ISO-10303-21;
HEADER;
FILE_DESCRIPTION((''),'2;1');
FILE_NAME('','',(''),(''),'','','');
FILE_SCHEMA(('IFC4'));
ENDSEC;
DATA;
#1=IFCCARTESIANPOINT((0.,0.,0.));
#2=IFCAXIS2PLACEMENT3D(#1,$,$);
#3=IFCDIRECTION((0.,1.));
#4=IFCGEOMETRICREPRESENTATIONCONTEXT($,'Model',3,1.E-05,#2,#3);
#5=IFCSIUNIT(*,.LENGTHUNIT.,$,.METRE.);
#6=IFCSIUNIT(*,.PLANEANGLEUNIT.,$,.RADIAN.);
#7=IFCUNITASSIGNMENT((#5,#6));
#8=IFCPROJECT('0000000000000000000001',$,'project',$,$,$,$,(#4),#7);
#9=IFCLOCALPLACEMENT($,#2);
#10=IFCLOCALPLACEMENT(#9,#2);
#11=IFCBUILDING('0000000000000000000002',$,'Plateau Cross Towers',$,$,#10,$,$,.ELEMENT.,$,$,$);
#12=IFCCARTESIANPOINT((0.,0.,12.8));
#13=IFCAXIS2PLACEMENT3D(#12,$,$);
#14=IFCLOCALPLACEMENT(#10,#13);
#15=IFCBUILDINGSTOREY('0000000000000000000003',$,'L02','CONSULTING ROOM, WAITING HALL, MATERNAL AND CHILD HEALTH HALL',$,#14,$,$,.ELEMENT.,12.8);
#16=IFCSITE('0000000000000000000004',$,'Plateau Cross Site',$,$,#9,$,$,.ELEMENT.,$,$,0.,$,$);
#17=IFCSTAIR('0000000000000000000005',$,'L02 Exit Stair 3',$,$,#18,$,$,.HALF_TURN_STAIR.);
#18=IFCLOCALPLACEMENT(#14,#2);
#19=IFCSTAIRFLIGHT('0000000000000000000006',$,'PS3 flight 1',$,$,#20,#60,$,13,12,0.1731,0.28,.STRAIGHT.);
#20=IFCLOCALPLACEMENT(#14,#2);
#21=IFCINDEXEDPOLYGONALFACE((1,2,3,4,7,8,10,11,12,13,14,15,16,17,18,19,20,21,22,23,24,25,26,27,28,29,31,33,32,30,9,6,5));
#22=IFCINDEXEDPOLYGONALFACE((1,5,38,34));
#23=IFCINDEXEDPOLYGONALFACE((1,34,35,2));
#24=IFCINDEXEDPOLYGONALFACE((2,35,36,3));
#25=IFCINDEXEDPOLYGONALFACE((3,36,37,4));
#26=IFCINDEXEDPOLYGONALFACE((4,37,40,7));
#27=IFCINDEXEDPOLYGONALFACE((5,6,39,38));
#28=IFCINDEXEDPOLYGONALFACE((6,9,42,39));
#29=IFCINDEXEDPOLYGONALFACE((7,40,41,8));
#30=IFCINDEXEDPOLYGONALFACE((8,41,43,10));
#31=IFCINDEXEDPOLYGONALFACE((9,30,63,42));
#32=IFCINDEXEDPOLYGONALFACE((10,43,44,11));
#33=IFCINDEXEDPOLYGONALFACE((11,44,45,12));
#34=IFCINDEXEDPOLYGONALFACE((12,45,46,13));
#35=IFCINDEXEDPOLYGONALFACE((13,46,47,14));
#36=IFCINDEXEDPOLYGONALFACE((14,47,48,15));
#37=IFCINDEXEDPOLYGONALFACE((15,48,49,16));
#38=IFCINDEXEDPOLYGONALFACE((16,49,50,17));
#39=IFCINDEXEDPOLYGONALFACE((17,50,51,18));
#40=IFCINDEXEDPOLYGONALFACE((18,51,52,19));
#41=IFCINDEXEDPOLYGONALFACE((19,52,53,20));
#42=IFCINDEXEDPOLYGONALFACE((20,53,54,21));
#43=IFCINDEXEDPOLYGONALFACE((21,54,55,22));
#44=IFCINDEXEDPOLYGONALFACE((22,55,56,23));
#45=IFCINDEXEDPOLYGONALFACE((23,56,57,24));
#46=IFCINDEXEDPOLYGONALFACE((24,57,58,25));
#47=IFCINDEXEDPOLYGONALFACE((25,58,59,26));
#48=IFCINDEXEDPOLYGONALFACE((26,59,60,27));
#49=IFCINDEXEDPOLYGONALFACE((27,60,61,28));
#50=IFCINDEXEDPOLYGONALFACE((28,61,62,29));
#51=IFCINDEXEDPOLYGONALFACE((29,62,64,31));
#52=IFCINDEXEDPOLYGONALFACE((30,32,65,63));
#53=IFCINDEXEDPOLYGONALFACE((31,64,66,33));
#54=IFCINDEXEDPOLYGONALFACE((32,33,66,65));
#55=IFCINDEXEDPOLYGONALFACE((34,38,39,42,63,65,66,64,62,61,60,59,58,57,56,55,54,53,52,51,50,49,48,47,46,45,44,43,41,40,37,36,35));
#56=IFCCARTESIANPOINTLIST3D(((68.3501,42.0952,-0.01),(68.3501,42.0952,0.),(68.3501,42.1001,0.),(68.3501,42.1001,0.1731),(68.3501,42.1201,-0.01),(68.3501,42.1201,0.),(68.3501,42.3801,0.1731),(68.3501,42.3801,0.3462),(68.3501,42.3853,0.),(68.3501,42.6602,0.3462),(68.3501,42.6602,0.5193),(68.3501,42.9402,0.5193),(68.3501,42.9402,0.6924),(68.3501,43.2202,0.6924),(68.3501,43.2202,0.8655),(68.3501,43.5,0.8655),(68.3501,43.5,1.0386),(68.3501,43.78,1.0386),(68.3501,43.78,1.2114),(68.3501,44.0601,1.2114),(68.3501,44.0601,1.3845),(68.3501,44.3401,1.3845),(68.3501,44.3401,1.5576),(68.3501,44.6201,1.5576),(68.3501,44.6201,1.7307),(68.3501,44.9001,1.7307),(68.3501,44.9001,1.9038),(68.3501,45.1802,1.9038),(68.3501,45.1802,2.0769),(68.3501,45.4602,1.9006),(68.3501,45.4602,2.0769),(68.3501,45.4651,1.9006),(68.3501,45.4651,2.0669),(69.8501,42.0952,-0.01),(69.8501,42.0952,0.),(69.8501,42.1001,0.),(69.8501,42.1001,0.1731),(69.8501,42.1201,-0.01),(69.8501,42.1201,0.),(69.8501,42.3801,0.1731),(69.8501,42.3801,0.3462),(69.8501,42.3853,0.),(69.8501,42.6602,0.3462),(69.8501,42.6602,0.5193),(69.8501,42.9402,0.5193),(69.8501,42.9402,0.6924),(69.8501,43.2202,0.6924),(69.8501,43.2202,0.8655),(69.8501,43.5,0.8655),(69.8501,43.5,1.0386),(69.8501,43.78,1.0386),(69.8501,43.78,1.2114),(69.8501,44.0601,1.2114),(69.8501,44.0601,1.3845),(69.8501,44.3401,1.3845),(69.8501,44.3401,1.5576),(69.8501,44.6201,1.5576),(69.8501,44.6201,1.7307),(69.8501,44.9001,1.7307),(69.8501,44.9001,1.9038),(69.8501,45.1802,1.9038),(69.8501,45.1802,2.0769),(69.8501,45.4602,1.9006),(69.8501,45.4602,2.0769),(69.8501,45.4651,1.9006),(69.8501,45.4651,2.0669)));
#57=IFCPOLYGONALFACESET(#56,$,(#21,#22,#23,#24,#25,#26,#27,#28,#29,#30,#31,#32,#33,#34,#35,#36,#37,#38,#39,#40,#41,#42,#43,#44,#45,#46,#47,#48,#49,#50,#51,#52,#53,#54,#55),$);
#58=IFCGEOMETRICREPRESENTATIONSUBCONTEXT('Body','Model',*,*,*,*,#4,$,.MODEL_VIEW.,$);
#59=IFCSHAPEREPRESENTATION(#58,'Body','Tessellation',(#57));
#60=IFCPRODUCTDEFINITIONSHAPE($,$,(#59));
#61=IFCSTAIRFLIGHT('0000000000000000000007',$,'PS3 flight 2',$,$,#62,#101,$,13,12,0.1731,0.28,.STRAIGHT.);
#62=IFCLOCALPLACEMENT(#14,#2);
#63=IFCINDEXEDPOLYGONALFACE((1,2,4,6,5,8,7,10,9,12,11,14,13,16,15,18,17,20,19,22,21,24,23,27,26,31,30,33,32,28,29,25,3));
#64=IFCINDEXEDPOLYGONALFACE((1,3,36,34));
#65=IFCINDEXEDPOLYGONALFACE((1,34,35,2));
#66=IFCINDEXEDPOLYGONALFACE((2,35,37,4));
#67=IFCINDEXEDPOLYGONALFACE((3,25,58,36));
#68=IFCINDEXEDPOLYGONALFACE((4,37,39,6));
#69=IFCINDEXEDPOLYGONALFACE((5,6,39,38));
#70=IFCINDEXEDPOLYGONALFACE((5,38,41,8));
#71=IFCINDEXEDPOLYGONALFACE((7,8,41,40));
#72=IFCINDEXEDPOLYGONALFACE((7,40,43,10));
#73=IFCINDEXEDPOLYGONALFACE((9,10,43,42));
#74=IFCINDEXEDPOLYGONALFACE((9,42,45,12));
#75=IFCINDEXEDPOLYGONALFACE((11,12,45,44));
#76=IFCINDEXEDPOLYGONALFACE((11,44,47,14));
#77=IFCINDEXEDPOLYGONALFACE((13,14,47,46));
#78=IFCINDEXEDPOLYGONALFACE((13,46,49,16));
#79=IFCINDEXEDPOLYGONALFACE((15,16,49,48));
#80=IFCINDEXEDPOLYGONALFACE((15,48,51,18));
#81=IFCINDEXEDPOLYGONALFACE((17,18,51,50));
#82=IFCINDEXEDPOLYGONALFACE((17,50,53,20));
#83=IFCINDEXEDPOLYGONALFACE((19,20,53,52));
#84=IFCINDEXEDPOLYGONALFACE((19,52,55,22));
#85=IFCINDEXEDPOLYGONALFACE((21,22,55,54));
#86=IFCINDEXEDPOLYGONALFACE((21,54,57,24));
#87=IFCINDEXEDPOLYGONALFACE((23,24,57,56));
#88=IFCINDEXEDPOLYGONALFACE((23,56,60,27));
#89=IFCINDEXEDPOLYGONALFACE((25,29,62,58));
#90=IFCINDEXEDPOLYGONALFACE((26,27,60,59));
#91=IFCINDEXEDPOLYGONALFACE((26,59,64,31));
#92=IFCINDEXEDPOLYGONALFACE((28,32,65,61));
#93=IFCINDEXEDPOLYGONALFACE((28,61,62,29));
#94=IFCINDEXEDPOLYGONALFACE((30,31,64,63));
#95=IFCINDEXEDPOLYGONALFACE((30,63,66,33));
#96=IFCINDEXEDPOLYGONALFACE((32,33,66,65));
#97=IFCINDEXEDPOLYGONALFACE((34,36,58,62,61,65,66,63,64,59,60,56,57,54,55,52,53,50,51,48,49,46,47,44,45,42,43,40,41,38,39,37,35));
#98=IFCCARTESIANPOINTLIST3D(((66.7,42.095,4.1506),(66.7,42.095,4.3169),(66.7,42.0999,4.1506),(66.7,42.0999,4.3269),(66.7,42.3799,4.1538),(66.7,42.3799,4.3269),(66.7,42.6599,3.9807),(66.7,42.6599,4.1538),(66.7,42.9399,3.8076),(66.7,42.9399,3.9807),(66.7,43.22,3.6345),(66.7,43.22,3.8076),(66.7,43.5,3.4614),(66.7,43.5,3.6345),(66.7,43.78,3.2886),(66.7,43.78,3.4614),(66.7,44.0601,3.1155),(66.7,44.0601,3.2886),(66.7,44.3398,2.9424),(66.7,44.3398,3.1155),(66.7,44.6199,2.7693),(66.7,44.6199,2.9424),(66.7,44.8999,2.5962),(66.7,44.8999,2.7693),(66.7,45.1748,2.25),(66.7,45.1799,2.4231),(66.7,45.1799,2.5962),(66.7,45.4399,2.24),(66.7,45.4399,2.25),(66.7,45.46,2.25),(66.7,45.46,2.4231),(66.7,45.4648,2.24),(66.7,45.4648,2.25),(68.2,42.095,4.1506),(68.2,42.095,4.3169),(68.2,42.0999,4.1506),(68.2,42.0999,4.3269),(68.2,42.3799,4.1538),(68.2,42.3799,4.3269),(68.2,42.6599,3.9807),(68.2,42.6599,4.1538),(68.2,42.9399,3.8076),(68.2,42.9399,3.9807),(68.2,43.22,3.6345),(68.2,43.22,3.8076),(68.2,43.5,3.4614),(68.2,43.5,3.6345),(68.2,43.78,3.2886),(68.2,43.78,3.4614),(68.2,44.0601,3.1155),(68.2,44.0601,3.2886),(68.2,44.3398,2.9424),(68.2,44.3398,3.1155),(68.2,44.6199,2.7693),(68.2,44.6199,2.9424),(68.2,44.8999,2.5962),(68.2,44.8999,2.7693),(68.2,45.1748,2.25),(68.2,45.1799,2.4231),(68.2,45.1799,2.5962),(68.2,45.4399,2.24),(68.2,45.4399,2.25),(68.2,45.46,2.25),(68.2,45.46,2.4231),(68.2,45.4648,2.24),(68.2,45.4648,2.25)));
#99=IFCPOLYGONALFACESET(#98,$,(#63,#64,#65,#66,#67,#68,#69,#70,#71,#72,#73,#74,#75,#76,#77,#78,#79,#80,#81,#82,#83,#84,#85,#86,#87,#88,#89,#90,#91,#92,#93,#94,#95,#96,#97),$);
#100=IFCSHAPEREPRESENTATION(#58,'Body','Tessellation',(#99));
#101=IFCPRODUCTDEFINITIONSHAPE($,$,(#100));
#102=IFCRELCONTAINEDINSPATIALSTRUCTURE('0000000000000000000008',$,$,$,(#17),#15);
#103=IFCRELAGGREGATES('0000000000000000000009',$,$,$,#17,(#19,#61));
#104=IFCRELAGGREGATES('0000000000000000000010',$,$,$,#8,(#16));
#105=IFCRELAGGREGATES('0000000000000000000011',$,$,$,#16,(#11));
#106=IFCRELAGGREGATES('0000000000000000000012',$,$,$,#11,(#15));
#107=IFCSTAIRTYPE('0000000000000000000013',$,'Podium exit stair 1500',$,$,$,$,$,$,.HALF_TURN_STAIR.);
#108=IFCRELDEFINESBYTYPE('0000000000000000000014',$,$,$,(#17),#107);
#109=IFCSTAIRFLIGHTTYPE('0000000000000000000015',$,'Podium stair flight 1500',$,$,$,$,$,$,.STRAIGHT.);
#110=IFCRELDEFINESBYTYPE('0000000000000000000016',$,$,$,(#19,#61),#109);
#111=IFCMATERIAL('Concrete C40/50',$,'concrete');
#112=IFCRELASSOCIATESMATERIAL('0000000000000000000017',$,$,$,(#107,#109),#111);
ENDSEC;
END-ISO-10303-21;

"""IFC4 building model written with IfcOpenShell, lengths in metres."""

from ifc_helpers import new_model, si_unit, direction, frame, origin, place, context, subcontext, project, spatial, polyline, outline, extrude, material, type_object, element, aggregate, save


model = new_model("IFC4")

# Units and contexts
model_context = context("Model", 3, precision=1e-05, world=origin(), true_north=direction((0.0, 1.0)))
body_context = subcontext(model_context, "Body", "Model", "MODEL_VIEW")
ifc_project = project(units=[si_unit("LENGTHUNIT", "METRE"), si_unit("PLANEANGLEUNIT", "RADIAN")], contexts=[model_context])

# Site, building, storey
site_placement = place(None, origin())
site = spatial("IfcSite", under=ifc_project, at=site_placement, Name="Plateau Cross Site", CompositionType="ELEMENT", RefElevation=0.0)
building_placement = place(site_placement, origin())
building = spatial("IfcBuilding", under=site, at=building_placement, Name="Plateau Cross Towers", CompositionType="ELEMENT")
storey_placement = place(building_placement, frame((0.0, 0.0, 12.8)))
storey = spatial("IfcBuildingStorey", under=building, at=storey_placement, Name="L02", Description="CONSULTING ROOM, WAITING HALL, MATERNAL AND CHILD HEALTH HALL", CompositionType="ELEMENT", Elevation=12.8)

# Stair, stair flights
ifc_material_1 = material(Name="Concrete C40/50", Category="concrete")
stair_type = type_object("IfcStairType", Name="Podium exit stair 1500", PredefinedType="HALF_TURN_STAIR", material=ifc_material_1)
stair_placement = place(storey_placement, origin())
stair = element("IfcStair", 1, at=stair_placement, inside=storey, type_object=stair_type, Name="L02 Exit Stair 3", PredefinedType="HALF_TURN_STAIR")
stair_flight_type = type_object("IfcStairFlightType", Name="Podium stair flight 1500", PredefinedType="STRAIGHT", material=ifc_material_1)
stair_flight_1_placement = place(storey_placement, frame((69.1001, 42.1001, 0.0), z_axis=(0.0, 0.0, 1.0), x_axis=(0.0, 1.0, 0.0)))
stair_flight_1 = element("IfcStairFlight", 2, at=stair_flight_1_placement, type_object=stair_flight_type, Name="PS3 flight 1", NumberOfRisers=13, NumberOfTreads=12, PredefinedType="STRAIGHT", RiserHeight=0.1731, TreadLength=0.28, context=body_context, shape_type="SweptSolid", body=[
    extrude(outline(polyline([(-0.0049, -0.01), (-0.0049, 0.0), (0.0, 0.0), (0.0, 0.1731), (0.28, 0.1731), (0.28, 0.3462), (0.5601, 0.3462), (0.5601, 0.5193), (0.8401, 0.5193), (0.8401, 0.6924), (1.1201, 0.6924), (1.1201, 0.8655), (1.3999, 0.8655), (1.3999, 1.0386), (1.6799, 1.0386), (1.6799, 1.2114), (1.96, 1.2114), (1.96, 1.3845), (2.24, 1.3845), (2.24, 1.5576), (2.52, 1.5576), (2.52, 1.7307), (2.8, 1.7307), (2.8, 1.9038), (3.0801, 1.9038), (3.0801, 2.0769), (3.3601, 2.0769), (3.365, 2.0669), (3.365, 1.9006), (3.3601, 1.9006), (0.2852, 0.0), (0.02, 0.0), (0.02, -0.01), (-0.0049, -0.01)])), frame((0.0, 0.75, 0.0), z_axis=(0.0, -1.0, 0.0), x_axis=(1.0, 0.0, 0.0)), (0.0, 0.0, 1.0), 1.5),
])
stair_flight_2_placement = place(storey_placement, frame((67.45, 45.46, 2.25), z_axis=(0.0, 0.0, 1.0), x_axis=(0.0, -1.0, 0.0)))
stair_flight_2 = element("IfcStairFlight", 3, at=stair_flight_2_placement, type_object=stair_flight_type, Name="PS3 flight 2", NumberOfRisers=13, NumberOfTreads=12, PredefinedType="STRAIGHT", RiserHeight=0.1731, TreadLength=0.28, context=body_context, shape_type="SweptSolid", body=[
    extrude(outline(polyline([(-0.0049, -0.01), (-0.0049, 0.0), (0.0, 0.0), (0.0, 0.1731), (0.28, 0.1731), (0.28, 0.3462), (0.5601, 0.3462), (0.5601, 0.5193), (0.8401, 0.5193), (0.8401, 0.6924), (1.1201, 0.6924), (1.1201, 0.8655), (1.3999, 0.8655), (1.3999, 1.0386), (1.6799, 1.0386), (1.6799, 1.2114), (1.96, 1.2114), (1.96, 1.3845), (2.24, 1.3845), (2.24, 1.5576), (2.52, 1.5576), (2.52, 1.7307), (2.8, 1.7307), (2.8, 1.9038), (3.0801, 1.9038), (3.0801, 2.0769), (3.3601, 2.0769), (3.365, 2.0669), (3.365, 1.9006), (3.3601, 1.9006), (0.2852, 0.0), (0.02, 0.0), (0.02, -0.01), (-0.0049, -0.01)])), frame((0.0, 0.75, 0.0), z_axis=(0.0, -1.0, 0.0), x_axis=(1.0, 0.0, 0.0)), (0.0, 0.0, 1.0), 1.5),
])
aggregate(stair, [stair_flight_1, stair_flight_2])

save(model, "model.ifc")
